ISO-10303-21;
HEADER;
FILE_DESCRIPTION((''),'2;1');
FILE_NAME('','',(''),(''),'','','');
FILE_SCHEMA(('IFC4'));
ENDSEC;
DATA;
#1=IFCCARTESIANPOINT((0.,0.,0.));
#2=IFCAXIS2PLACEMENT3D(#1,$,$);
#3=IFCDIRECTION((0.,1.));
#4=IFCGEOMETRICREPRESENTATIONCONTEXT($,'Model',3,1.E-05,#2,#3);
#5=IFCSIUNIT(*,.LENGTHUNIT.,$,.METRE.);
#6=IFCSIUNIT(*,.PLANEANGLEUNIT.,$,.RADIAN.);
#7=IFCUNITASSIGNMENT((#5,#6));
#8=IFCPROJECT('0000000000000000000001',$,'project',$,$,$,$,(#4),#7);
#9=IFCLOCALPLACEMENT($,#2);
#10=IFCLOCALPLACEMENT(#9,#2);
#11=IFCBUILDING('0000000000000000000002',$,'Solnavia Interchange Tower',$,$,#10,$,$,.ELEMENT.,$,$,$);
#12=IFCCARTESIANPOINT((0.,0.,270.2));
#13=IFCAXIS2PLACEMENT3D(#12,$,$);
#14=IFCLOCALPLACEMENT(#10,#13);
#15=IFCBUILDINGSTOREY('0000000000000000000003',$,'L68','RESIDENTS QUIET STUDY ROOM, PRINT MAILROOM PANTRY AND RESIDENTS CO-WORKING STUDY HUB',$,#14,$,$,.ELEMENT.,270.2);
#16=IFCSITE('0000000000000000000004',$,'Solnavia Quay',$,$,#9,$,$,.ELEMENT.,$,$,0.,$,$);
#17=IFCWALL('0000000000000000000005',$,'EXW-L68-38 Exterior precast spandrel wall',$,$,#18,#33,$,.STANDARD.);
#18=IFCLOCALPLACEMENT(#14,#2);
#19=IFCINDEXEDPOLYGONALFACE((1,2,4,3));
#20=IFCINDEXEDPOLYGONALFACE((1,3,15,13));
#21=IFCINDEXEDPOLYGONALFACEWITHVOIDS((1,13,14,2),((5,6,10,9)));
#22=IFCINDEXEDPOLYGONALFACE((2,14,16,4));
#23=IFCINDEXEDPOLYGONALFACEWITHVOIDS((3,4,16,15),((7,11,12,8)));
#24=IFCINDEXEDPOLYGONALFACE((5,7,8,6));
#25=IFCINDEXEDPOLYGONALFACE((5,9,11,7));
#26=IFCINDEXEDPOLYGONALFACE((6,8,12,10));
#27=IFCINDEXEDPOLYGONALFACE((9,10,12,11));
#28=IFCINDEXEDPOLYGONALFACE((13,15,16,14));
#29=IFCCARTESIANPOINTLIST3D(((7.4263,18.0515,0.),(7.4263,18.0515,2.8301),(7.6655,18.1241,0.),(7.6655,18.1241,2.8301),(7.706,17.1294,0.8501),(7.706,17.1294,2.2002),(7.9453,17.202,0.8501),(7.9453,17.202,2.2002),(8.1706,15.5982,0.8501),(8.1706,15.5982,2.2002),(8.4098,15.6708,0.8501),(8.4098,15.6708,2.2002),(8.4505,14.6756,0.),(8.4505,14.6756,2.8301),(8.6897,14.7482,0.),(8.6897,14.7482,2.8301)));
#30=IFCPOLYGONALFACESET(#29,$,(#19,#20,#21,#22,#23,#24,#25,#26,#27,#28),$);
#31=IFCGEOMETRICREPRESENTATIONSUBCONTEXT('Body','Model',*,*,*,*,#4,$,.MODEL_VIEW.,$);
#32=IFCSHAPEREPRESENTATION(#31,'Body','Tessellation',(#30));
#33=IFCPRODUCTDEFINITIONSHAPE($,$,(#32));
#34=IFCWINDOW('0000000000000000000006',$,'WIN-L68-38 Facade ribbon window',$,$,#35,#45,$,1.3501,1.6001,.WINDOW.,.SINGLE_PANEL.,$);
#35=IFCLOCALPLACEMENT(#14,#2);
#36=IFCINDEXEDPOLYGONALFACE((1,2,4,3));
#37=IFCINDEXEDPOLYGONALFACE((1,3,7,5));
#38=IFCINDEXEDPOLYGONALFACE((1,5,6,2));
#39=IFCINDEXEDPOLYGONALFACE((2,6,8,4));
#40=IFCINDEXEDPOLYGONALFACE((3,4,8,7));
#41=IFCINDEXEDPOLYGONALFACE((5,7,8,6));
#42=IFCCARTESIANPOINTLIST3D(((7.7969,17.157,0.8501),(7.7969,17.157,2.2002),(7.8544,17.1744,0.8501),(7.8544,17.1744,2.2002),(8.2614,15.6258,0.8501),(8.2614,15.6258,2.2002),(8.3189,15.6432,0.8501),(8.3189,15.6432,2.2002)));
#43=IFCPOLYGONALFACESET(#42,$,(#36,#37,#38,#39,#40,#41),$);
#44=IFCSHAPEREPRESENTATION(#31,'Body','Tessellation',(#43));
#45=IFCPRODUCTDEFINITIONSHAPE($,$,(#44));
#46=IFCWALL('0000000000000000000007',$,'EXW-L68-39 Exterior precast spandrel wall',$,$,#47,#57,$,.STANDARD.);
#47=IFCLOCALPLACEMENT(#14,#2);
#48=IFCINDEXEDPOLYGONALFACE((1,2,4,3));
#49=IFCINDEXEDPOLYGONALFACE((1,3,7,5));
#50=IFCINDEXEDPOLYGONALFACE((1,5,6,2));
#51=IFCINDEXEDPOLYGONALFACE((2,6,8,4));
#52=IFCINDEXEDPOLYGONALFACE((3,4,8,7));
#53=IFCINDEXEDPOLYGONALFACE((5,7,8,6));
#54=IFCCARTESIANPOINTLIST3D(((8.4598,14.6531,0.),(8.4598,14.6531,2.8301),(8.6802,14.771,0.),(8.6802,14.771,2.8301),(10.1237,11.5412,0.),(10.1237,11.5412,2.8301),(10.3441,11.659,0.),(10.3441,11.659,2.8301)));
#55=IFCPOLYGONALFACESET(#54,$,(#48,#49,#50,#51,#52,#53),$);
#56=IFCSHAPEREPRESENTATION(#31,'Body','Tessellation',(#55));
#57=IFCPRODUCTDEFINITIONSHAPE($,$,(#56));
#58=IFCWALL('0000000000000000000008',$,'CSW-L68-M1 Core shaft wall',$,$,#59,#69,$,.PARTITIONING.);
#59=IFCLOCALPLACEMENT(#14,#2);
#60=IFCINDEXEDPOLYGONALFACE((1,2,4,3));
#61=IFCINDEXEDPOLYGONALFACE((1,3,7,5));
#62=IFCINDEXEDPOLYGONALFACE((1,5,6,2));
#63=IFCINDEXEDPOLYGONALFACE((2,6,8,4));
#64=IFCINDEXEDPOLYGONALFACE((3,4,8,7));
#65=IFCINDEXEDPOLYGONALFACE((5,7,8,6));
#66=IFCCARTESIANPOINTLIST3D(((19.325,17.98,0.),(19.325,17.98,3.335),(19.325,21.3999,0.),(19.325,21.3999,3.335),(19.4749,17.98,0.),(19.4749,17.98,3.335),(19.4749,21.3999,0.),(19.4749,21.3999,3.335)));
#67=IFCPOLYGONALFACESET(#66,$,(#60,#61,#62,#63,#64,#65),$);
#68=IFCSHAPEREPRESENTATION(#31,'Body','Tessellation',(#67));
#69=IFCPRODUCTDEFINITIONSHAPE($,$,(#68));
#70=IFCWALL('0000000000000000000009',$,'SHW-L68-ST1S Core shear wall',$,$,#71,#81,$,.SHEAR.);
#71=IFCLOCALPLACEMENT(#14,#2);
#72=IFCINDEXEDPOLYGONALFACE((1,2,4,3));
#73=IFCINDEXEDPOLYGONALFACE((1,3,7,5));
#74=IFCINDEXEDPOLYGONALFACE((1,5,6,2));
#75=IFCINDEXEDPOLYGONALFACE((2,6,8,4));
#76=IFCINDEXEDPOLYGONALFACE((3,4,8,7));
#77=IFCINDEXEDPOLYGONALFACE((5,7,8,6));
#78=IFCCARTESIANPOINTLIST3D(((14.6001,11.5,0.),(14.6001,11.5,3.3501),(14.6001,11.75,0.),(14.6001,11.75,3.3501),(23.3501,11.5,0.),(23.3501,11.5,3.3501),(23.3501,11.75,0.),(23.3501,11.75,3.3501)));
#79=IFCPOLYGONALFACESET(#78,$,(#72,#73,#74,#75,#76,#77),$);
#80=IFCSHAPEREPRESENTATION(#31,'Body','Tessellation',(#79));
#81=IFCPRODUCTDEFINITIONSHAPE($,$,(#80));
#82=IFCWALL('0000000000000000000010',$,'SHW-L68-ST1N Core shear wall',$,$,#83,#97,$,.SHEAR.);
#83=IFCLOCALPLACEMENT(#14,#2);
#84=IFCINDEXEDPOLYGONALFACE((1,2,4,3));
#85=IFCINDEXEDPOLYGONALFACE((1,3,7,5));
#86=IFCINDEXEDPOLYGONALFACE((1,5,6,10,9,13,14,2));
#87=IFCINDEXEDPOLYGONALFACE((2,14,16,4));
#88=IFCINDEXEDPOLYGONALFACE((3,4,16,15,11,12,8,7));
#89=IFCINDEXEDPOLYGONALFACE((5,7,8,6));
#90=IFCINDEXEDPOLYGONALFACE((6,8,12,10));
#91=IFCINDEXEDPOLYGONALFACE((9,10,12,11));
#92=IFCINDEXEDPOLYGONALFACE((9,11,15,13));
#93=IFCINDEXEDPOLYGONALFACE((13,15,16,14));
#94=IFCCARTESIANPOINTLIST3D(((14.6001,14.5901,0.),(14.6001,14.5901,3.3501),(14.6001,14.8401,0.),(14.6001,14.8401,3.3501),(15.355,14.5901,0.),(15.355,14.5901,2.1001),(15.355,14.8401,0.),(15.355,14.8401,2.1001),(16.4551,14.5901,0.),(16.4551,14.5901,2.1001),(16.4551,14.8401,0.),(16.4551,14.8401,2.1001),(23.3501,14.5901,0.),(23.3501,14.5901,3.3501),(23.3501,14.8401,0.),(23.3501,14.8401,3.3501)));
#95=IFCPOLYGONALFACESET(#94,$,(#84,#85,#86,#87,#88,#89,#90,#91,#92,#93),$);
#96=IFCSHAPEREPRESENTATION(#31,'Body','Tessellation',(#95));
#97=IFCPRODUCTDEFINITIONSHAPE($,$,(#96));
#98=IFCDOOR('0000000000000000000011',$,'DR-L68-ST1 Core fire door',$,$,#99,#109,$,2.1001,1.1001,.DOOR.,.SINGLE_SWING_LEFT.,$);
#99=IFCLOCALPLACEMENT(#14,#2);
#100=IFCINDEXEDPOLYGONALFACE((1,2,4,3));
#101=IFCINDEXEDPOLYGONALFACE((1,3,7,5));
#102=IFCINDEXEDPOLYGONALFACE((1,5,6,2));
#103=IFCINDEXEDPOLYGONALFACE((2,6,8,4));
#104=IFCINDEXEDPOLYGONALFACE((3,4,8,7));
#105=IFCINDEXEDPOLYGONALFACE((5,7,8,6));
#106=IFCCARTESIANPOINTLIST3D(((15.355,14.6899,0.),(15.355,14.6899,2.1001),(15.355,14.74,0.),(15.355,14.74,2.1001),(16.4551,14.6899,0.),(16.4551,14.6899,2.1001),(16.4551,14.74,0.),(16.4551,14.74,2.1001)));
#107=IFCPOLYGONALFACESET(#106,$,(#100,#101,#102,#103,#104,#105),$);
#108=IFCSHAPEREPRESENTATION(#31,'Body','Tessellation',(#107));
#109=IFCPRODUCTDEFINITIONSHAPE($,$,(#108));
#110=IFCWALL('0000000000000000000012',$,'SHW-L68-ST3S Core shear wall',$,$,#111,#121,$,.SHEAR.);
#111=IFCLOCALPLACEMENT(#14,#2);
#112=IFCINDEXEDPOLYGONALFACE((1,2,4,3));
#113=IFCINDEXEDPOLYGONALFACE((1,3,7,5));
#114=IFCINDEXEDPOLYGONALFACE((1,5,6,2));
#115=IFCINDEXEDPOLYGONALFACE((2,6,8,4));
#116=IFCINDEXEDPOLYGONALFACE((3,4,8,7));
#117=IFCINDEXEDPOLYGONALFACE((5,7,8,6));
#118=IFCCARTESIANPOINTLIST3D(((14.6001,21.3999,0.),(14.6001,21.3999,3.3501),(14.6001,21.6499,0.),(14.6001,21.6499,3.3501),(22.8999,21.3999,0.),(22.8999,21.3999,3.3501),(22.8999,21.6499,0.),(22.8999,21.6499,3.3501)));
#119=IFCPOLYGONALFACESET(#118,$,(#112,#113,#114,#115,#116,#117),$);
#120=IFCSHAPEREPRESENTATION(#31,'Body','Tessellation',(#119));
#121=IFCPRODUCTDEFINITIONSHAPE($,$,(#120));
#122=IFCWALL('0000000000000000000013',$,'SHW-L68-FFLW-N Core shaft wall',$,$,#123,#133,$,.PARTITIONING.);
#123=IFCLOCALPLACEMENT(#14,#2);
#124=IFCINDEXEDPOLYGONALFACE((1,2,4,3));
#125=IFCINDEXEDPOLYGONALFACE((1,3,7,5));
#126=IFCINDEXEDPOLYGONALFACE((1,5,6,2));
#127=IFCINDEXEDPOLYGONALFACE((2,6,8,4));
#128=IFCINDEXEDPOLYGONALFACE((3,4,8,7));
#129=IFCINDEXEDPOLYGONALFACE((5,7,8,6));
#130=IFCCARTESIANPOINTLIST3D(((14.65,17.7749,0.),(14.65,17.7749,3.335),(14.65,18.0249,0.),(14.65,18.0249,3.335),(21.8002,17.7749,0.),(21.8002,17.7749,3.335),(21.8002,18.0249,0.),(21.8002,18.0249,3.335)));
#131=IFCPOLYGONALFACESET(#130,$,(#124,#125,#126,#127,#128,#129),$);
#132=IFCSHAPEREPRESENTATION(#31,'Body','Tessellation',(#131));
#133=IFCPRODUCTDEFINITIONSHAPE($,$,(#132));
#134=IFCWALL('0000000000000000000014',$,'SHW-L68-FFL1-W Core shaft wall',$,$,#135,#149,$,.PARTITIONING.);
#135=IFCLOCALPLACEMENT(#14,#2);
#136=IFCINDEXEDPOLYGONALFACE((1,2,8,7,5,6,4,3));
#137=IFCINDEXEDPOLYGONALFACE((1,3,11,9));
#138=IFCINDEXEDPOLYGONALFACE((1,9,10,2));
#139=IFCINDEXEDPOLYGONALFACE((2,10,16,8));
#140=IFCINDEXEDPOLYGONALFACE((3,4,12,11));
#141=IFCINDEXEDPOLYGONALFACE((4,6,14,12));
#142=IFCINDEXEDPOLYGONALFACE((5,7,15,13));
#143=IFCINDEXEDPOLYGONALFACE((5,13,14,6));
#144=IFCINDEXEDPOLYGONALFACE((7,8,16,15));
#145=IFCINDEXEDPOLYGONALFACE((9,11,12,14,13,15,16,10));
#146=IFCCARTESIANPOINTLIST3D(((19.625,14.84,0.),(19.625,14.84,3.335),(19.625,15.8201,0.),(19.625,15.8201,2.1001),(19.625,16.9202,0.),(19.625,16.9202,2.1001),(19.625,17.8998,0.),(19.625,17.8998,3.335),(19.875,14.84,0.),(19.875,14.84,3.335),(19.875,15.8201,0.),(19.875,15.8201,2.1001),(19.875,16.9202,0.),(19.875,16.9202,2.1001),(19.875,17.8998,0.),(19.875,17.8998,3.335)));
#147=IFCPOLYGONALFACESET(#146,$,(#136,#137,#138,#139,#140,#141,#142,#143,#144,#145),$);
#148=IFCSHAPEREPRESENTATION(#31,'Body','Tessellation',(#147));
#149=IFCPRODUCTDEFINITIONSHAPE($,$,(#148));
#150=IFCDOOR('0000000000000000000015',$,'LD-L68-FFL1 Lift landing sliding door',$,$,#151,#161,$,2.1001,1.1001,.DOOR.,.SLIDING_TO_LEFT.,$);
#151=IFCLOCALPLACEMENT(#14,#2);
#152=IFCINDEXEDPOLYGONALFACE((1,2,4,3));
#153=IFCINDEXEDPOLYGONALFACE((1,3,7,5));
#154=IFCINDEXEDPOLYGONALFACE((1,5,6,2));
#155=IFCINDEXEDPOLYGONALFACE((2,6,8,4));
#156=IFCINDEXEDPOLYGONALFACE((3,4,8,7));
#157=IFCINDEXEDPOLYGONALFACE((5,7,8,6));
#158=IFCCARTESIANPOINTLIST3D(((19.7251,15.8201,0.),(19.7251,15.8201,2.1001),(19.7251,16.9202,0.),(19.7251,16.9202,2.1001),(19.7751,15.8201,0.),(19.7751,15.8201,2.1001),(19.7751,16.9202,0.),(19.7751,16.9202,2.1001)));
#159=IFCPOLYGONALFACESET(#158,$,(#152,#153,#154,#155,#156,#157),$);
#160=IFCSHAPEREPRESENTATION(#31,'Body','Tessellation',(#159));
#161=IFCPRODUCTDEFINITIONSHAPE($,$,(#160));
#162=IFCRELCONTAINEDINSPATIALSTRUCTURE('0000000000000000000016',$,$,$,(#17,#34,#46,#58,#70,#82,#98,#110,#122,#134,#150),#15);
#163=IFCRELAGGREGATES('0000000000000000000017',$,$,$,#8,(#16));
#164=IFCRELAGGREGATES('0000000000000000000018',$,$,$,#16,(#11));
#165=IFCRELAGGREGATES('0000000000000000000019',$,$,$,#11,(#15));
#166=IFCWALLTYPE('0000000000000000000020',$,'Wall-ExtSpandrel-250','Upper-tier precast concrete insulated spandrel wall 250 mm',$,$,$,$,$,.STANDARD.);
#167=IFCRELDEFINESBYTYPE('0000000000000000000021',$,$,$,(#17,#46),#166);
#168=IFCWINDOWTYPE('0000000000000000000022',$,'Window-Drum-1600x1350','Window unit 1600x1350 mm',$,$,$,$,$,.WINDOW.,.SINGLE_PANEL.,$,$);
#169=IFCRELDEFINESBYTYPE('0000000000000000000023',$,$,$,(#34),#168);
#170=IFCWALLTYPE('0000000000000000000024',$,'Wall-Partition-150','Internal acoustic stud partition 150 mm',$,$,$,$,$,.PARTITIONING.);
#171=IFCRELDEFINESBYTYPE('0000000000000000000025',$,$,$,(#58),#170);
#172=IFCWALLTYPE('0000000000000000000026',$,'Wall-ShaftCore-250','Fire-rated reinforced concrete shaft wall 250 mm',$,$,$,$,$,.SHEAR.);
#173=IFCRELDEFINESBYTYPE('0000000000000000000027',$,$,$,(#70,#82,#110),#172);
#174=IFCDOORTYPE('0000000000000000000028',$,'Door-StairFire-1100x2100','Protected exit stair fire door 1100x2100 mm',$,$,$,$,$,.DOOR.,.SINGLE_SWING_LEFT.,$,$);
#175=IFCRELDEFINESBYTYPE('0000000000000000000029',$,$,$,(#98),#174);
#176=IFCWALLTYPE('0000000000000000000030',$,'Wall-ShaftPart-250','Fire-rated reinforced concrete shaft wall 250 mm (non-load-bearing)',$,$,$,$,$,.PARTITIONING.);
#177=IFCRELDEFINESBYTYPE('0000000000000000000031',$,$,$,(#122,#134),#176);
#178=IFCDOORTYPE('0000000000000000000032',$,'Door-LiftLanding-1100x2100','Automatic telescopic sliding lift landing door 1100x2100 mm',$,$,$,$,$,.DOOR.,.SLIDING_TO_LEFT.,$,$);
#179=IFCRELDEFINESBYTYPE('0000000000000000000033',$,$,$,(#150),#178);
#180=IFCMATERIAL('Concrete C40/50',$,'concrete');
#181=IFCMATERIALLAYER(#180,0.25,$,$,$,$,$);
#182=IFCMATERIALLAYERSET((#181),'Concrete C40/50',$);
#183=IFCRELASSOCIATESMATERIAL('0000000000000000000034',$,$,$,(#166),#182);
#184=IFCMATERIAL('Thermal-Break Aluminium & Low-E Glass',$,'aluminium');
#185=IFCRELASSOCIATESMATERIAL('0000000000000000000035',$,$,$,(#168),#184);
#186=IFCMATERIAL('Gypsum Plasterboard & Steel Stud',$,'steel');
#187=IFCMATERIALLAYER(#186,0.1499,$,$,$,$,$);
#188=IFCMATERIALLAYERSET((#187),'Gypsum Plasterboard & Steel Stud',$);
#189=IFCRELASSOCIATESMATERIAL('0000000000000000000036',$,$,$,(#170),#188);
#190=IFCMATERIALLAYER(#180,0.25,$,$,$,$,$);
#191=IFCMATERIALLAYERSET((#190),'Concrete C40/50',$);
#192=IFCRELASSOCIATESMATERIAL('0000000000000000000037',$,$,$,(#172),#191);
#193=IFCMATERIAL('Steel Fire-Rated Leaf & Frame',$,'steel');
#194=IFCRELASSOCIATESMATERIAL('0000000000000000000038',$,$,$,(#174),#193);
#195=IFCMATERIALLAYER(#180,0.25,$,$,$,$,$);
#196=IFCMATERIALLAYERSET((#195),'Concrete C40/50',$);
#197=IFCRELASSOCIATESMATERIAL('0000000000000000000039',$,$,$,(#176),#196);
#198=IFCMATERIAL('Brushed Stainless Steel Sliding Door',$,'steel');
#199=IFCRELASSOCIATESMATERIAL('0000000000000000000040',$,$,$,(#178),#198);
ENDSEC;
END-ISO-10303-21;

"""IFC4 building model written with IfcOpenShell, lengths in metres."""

from ifc_helpers import new_model, si_unit, direction, frame, frame_2d, origin, place, context, subcontext, project, spatial, rectangle, extrude, material, layer, layer_set, type_object, element, fill, save


model = new_model("IFC4")

# Units and contexts
model_context = context("Model", 3, precision=1e-05, world=origin(), true_north=direction((0.0, 1.0)))
body_context = subcontext(model_context, "Body", "Model", "MODEL_VIEW")
ifc_project = project(units=[si_unit("LENGTHUNIT", "METRE"), si_unit("PLANEANGLEUNIT", "RADIAN")], contexts=[model_context])

# Site, building, storey
site_placement = place(None, origin())
site = spatial("IfcSite", under=ifc_project, at=site_placement, Name="Solnavia Quay", CompositionType="ELEMENT", RefElevation=0.0)
building_placement = place(site_placement, origin())
building = spatial("IfcBuilding", under=site, at=building_placement, Name="Solnavia Interchange Tower", CompositionType="ELEMENT")
storey_placement = place(building_placement, frame((0.0, 0.0, 270.2)))
storey = spatial("IfcBuildingStorey", under=building, at=storey_placement, Name="L68", Description="RESIDENTS QUIET STUDY ROOM, PRINT MAILROOM PANTRY AND RESIDENTS CO-WORKING STUDY HUB", CompositionType="ELEMENT", Elevation=270.2)

# Wall, opening, window
ifc_material_1 = material(Name="Concrete C40/50", Category="concrete")
ifc_layer_1 = layer(ifc_material_1, 0.25)
ifc_layer_set_1 = layer_set([ifc_layer_1], Name="Concrete C40/50")
wall_type_1 = type_object("IfcWallType", Name="Wall-ExtSpandrel-250", Description="Upper-tier precast concrete insulated spandrel wall 250 mm", PredefinedType="STANDARD", material=ifc_layer_set_1)
ifc_material_2 = material(Name="Thermal-Break Aluminium & Low-E Glass", Category="aluminium")
window_type = type_object("IfcWindowType", Name="Window-Drum-1600x1350", Description="Window unit 1600x1350 mm", PartitioningType="SINGLE_PANEL", PredefinedType="WINDOW", material=ifc_material_2)
wall_1_placement = place(storey_placement, frame((8.5701, 14.7119, 0.0), z_axis=(0.0, 0.0, 1.0), x_axis=(-0.290305, 0.956934, 0.0)))
wall_1 = element("IfcWall", 1, at=wall_1_placement, inside=storey, type_object=wall_type_1, Name="EXW-L68-38 Exterior precast spandrel wall", PredefinedType="STANDARD", context=body_context, shape_type="SweptSolid", body=[
    extrude(rectangle(XDim=3.5278, YDim=0.25, at=frame_2d((1.7639, 0.0))), origin(), (0.0, 0.0, 1.0), 2.8301),
])
opening_1_placement = place(wall_1_placement, frame((0.9641, 0.0, 0.8501)))
opening_1 = element("IfcOpeningElement", 2, at=opening_1_placement, cuts=wall_1, PredefinedType="OPENING", context=body_context, shape_type="SweptSolid", body=[
    extrude(rectangle(XDim=1.6001, YDim=1.3501, at=frame_2d((0.8, 0.675))), frame((0.0, 0.135, 0.0), z_axis=(0.0, -1.0, 0.0), x_axis=(1.0, 0.0, 0.0)), (0.0, 0.0, 1.0), 0.27),
])
window_1_placement = place(opening_1_placement, origin())
window_1 = element("IfcWindow", 3, at=window_1_placement, inside=storey, type_object=window_type, Name="WIN-L68-38 Facade ribbon window", OverallHeight=1.3501, OverallWidth=1.6001, PartitioningType="SINGLE_PANEL", PredefinedType="WINDOW", context=body_context, shape_type="SweptSolid", body=[
    extrude(rectangle(XDim=1.6001, YDim=1.3501, at=frame_2d((0.8, 0.675))), frame((0.0, 0.03, 0.0), z_axis=(0.0, -1.0, 0.0), x_axis=(1.0, 0.0, 0.0)), (0.0, 0.0, 1.0), 0.0601),
])
fill(opening_1, window_1)

# Walls
wall_2_placement = place(storey_placement, frame((10.2339, 11.6001, 0.0), z_axis=(0.0, 0.0, 1.0), x_axis=(-0.471511, 0.88186, 0.0)))
element("IfcWall", 4, at=wall_2_placement, inside=storey, type_object=wall_type_1, Name="EXW-L68-39 Exterior precast spandrel wall", PredefinedType="STANDARD", context=body_context, shape_type="SweptSolid", body=[
    extrude(rectangle(XDim=3.5288, YDim=0.25, at=frame_2d((1.7644, 0.0))), origin(), (0.0, 0.0, 1.0), 2.8301),
])
ifc_material_3 = material(Name="Gypsum Plasterboard & Steel Stud", Category="steel")
ifc_layer_2 = layer(ifc_material_3, 0.1499)
ifc_layer_set_2 = layer_set([ifc_layer_2], Name="Gypsum Plasterboard & Steel Stud")
wall_type_2 = type_object("IfcWallType", Name="Wall-Partition-150", Description="Internal acoustic stud partition 150 mm", PredefinedType="PARTITIONING", material=ifc_layer_set_2)
wall_3_placement = place(storey_placement, frame((19.3999, 17.98, 0.0), z_axis=(0.0, 0.0, 1.0), x_axis=(0.0, 1.0, 0.0)))
element("IfcWall", 5, at=wall_3_placement, inside=storey, type_object=wall_type_2, Name="CSW-L68-M1 Core shaft wall", PredefinedType="PARTITIONING", context=body_context, shape_type="SweptSolid", body=[
    extrude(rectangle(XDim=3.4199, YDim=0.1499, at=frame_2d((1.71, 0.0))), origin(), (0.0, 0.0, 1.0), 3.335),
])
ifc_layer_3 = layer(ifc_material_1, 0.25)
ifc_layer_set_3 = layer_set([ifc_layer_3], Name="Concrete C40/50")
wall_type_3 = type_object("IfcWallType", Name="Wall-ShaftCore-250", Description="Fire-rated reinforced concrete shaft wall 250 mm", PredefinedType="SHEAR", material=ifc_layer_set_3)
wall_4_placement = place(storey_placement, frame((14.6001, 11.625, 0.0), z_axis=(0.0, 0.0, 1.0), x_axis=(1.0, 0.0, 0.0)))
element("IfcWall", 6, at=wall_4_placement, inside=storey, type_object=wall_type_3, Name="SHW-L68-ST1S Core shear wall", PredefinedType="SHEAR", context=body_context, shape_type="SweptSolid", body=[
    extrude(rectangle(XDim=8.75, YDim=0.25, at=frame_2d((4.375, 0.0))), origin(), (0.0, 0.0, 1.0), 3.3501),
])

# Wall, opening, door
wall_5_placement = place(storey_placement, frame((14.6001, 14.7151, 0.0), z_axis=(0.0, 0.0, 1.0), x_axis=(1.0, 0.0, 0.0)))
wall_5 = element("IfcWall", 7, at=wall_5_placement, inside=storey, type_object=wall_type_3, Name="SHW-L68-ST1N Core shear wall", PredefinedType="SHEAR", context=body_context, shape_type="SweptSolid", body=[
    extrude(rectangle(XDim=8.75, YDim=0.25, at=frame_2d((4.375, 0.0))), origin(), (0.0, 0.0, 1.0), 3.3501),
])
opening_2_placement = place(wall_5_placement, frame((0.7549, 0.0, 0.0)))
opening_2 = element("IfcOpeningElement", 8, at=opening_2_placement, cuts=wall_5, PredefinedType="OPENING", context=body_context, shape_type="SweptSolid", body=[
    extrude(rectangle(XDim=1.1001, YDim=2.1001, at=frame_2d((0.55, 1.05))), frame((0.0, 0.135, 0.0), z_axis=(0.0, -1.0, 0.0), x_axis=(1.0, 0.0, 0.0)), (0.0, 0.0, 1.0), 0.27),
])
ifc_material_4 = material(Name="Steel Fire-Rated Leaf & Frame", Category="steel")
door_type_1 = type_object("IfcDoorType", Name="Door-StairFire-1100x2100", Description="Protected exit stair fire door 1100x2100 mm", OperationType="SINGLE_SWING_LEFT", PredefinedType="DOOR", material=ifc_material_4)
door_1_placement = place(opening_2_placement, origin())
door_1 = element("IfcDoor", 9, at=door_1_placement, inside=storey, type_object=door_type_1, Name="DR-L68-ST1 Core fire door", OperationType="SINGLE_SWING_LEFT", OverallHeight=2.1001, OverallWidth=1.1001, PredefinedType="DOOR", context=body_context, shape_type="SweptSolid", body=[
    extrude(rectangle(XDim=1.1001, YDim=2.1001, at=frame_2d((0.55, 1.05))), frame((0.0, 0.0249, 0.0), z_axis=(0.0, -1.0, 0.0), x_axis=(1.0, 0.0, 0.0)), (0.0, 0.0, 1.0), 0.05),
])
fill(opening_2, door_1)

# Walls
wall_6_placement = place(storey_placement, frame((14.6001, 21.5249, 0.0), z_axis=(0.0, 0.0, 1.0), x_axis=(1.0, 0.0, 0.0)))
element("IfcWall", 10, at=wall_6_placement, inside=storey, type_object=wall_type_3, Name="SHW-L68-ST3S Core shear wall", PredefinedType="SHEAR", context=body_context, shape_type="SweptSolid", body=[
    extrude(rectangle(XDim=8.2998, YDim=0.25, at=frame_2d((4.1499, 0.0))), origin(), (0.0, 0.0, 1.0), 3.3501),
])
ifc_layer_4 = layer(ifc_material_1, 0.25)
ifc_layer_set_4 = layer_set([ifc_layer_4], Name="Concrete C40/50")
wall_type_4 = type_object("IfcWallType", Name="Wall-ShaftPart-250", Description="Fire-rated reinforced concrete shaft wall 250 mm (non-load-bearing)", PredefinedType="PARTITIONING", material=ifc_layer_set_4)
wall_7_placement = place(storey_placement, frame((14.6499, 17.8999, 0.0), z_axis=(0.0, 0.0, 1.0), x_axis=(1.0, 0.0, 0.0)))
element("IfcWall", 11, at=wall_7_placement, inside=storey, type_object=wall_type_4, Name="SHW-L68-FFLW-N Core shaft wall", PredefinedType="PARTITIONING", context=body_context, shape_type="SweptSolid", body=[
    extrude(rectangle(XDim=7.1501, YDim=0.25, at=frame_2d((3.5752, 0.0))), origin(), (0.0, 0.0, 1.0), 3.335),
])

# Wall, opening, door
wall_8_placement = place(storey_placement, frame((19.75, 14.8401, 0.0), z_axis=(0.0, 0.0, 1.0), x_axis=(0.0, 1.0, 0.0)))
wall_8 = element("IfcWall", 12, at=wall_8_placement, inside=storey, type_object=wall_type_4, Name="SHW-L68-FFL1-W Core shaft wall", PredefinedType="PARTITIONING", context=body_context, shape_type="SweptSolid", body=[
    extrude(rectangle(XDim=3.0598, YDim=0.25, at=frame_2d((1.5298, 0.0))), origin(), (0.0, 0.0, 1.0), 3.335),
])
opening_3_placement = place(wall_8_placement, frame((0.98, 0.0, 0.0)))
opening_3 = element("IfcOpeningElement", 13, at=opening_3_placement, cuts=wall_8, PredefinedType="OPENING", context=body_context, shape_type="SweptSolid", body=[
    extrude(rectangle(XDim=1.1001, YDim=2.1001, at=frame_2d((0.55, 1.05))), frame((0.0, 0.135, 0.0), z_axis=(0.0, -1.0, 0.0), x_axis=(1.0, 0.0, 0.0)), (0.0, 0.0, 1.0), 0.27),
])
ifc_material_5 = material(Name="Brushed Stainless Steel Sliding Door", Category="steel")
door_type_2 = type_object("IfcDoorType", Name="Door-LiftLanding-1100x2100", Description="Automatic telescopic sliding lift landing door 1100x2100 mm", OperationType="SLIDING_TO_LEFT", PredefinedType="DOOR", material=ifc_material_5)
door_2_placement = place(opening_3_placement, origin())
door_2 = element("IfcDoor", 14, at=door_2_placement, inside=storey, type_object=door_type_2, Name="LD-L68-FFL1 Lift landing sliding door", OperationType="SLIDING_TO_LEFT", OverallHeight=2.1001, OverallWidth=1.1001, PredefinedType="DOOR", context=body_context, shape_type="SweptSolid", body=[
    extrude(rectangle(XDim=1.1001, YDim=2.1001, at=frame_2d((0.55, 1.05))), frame((0.0, 0.0249, 0.0), z_axis=(0.0, -1.0, 0.0), x_axis=(1.0, 0.0, 0.0)), (0.0, 0.0, 1.0), 0.05),
])
fill(opening_3, door_2)

save(model, "model.ifc")
